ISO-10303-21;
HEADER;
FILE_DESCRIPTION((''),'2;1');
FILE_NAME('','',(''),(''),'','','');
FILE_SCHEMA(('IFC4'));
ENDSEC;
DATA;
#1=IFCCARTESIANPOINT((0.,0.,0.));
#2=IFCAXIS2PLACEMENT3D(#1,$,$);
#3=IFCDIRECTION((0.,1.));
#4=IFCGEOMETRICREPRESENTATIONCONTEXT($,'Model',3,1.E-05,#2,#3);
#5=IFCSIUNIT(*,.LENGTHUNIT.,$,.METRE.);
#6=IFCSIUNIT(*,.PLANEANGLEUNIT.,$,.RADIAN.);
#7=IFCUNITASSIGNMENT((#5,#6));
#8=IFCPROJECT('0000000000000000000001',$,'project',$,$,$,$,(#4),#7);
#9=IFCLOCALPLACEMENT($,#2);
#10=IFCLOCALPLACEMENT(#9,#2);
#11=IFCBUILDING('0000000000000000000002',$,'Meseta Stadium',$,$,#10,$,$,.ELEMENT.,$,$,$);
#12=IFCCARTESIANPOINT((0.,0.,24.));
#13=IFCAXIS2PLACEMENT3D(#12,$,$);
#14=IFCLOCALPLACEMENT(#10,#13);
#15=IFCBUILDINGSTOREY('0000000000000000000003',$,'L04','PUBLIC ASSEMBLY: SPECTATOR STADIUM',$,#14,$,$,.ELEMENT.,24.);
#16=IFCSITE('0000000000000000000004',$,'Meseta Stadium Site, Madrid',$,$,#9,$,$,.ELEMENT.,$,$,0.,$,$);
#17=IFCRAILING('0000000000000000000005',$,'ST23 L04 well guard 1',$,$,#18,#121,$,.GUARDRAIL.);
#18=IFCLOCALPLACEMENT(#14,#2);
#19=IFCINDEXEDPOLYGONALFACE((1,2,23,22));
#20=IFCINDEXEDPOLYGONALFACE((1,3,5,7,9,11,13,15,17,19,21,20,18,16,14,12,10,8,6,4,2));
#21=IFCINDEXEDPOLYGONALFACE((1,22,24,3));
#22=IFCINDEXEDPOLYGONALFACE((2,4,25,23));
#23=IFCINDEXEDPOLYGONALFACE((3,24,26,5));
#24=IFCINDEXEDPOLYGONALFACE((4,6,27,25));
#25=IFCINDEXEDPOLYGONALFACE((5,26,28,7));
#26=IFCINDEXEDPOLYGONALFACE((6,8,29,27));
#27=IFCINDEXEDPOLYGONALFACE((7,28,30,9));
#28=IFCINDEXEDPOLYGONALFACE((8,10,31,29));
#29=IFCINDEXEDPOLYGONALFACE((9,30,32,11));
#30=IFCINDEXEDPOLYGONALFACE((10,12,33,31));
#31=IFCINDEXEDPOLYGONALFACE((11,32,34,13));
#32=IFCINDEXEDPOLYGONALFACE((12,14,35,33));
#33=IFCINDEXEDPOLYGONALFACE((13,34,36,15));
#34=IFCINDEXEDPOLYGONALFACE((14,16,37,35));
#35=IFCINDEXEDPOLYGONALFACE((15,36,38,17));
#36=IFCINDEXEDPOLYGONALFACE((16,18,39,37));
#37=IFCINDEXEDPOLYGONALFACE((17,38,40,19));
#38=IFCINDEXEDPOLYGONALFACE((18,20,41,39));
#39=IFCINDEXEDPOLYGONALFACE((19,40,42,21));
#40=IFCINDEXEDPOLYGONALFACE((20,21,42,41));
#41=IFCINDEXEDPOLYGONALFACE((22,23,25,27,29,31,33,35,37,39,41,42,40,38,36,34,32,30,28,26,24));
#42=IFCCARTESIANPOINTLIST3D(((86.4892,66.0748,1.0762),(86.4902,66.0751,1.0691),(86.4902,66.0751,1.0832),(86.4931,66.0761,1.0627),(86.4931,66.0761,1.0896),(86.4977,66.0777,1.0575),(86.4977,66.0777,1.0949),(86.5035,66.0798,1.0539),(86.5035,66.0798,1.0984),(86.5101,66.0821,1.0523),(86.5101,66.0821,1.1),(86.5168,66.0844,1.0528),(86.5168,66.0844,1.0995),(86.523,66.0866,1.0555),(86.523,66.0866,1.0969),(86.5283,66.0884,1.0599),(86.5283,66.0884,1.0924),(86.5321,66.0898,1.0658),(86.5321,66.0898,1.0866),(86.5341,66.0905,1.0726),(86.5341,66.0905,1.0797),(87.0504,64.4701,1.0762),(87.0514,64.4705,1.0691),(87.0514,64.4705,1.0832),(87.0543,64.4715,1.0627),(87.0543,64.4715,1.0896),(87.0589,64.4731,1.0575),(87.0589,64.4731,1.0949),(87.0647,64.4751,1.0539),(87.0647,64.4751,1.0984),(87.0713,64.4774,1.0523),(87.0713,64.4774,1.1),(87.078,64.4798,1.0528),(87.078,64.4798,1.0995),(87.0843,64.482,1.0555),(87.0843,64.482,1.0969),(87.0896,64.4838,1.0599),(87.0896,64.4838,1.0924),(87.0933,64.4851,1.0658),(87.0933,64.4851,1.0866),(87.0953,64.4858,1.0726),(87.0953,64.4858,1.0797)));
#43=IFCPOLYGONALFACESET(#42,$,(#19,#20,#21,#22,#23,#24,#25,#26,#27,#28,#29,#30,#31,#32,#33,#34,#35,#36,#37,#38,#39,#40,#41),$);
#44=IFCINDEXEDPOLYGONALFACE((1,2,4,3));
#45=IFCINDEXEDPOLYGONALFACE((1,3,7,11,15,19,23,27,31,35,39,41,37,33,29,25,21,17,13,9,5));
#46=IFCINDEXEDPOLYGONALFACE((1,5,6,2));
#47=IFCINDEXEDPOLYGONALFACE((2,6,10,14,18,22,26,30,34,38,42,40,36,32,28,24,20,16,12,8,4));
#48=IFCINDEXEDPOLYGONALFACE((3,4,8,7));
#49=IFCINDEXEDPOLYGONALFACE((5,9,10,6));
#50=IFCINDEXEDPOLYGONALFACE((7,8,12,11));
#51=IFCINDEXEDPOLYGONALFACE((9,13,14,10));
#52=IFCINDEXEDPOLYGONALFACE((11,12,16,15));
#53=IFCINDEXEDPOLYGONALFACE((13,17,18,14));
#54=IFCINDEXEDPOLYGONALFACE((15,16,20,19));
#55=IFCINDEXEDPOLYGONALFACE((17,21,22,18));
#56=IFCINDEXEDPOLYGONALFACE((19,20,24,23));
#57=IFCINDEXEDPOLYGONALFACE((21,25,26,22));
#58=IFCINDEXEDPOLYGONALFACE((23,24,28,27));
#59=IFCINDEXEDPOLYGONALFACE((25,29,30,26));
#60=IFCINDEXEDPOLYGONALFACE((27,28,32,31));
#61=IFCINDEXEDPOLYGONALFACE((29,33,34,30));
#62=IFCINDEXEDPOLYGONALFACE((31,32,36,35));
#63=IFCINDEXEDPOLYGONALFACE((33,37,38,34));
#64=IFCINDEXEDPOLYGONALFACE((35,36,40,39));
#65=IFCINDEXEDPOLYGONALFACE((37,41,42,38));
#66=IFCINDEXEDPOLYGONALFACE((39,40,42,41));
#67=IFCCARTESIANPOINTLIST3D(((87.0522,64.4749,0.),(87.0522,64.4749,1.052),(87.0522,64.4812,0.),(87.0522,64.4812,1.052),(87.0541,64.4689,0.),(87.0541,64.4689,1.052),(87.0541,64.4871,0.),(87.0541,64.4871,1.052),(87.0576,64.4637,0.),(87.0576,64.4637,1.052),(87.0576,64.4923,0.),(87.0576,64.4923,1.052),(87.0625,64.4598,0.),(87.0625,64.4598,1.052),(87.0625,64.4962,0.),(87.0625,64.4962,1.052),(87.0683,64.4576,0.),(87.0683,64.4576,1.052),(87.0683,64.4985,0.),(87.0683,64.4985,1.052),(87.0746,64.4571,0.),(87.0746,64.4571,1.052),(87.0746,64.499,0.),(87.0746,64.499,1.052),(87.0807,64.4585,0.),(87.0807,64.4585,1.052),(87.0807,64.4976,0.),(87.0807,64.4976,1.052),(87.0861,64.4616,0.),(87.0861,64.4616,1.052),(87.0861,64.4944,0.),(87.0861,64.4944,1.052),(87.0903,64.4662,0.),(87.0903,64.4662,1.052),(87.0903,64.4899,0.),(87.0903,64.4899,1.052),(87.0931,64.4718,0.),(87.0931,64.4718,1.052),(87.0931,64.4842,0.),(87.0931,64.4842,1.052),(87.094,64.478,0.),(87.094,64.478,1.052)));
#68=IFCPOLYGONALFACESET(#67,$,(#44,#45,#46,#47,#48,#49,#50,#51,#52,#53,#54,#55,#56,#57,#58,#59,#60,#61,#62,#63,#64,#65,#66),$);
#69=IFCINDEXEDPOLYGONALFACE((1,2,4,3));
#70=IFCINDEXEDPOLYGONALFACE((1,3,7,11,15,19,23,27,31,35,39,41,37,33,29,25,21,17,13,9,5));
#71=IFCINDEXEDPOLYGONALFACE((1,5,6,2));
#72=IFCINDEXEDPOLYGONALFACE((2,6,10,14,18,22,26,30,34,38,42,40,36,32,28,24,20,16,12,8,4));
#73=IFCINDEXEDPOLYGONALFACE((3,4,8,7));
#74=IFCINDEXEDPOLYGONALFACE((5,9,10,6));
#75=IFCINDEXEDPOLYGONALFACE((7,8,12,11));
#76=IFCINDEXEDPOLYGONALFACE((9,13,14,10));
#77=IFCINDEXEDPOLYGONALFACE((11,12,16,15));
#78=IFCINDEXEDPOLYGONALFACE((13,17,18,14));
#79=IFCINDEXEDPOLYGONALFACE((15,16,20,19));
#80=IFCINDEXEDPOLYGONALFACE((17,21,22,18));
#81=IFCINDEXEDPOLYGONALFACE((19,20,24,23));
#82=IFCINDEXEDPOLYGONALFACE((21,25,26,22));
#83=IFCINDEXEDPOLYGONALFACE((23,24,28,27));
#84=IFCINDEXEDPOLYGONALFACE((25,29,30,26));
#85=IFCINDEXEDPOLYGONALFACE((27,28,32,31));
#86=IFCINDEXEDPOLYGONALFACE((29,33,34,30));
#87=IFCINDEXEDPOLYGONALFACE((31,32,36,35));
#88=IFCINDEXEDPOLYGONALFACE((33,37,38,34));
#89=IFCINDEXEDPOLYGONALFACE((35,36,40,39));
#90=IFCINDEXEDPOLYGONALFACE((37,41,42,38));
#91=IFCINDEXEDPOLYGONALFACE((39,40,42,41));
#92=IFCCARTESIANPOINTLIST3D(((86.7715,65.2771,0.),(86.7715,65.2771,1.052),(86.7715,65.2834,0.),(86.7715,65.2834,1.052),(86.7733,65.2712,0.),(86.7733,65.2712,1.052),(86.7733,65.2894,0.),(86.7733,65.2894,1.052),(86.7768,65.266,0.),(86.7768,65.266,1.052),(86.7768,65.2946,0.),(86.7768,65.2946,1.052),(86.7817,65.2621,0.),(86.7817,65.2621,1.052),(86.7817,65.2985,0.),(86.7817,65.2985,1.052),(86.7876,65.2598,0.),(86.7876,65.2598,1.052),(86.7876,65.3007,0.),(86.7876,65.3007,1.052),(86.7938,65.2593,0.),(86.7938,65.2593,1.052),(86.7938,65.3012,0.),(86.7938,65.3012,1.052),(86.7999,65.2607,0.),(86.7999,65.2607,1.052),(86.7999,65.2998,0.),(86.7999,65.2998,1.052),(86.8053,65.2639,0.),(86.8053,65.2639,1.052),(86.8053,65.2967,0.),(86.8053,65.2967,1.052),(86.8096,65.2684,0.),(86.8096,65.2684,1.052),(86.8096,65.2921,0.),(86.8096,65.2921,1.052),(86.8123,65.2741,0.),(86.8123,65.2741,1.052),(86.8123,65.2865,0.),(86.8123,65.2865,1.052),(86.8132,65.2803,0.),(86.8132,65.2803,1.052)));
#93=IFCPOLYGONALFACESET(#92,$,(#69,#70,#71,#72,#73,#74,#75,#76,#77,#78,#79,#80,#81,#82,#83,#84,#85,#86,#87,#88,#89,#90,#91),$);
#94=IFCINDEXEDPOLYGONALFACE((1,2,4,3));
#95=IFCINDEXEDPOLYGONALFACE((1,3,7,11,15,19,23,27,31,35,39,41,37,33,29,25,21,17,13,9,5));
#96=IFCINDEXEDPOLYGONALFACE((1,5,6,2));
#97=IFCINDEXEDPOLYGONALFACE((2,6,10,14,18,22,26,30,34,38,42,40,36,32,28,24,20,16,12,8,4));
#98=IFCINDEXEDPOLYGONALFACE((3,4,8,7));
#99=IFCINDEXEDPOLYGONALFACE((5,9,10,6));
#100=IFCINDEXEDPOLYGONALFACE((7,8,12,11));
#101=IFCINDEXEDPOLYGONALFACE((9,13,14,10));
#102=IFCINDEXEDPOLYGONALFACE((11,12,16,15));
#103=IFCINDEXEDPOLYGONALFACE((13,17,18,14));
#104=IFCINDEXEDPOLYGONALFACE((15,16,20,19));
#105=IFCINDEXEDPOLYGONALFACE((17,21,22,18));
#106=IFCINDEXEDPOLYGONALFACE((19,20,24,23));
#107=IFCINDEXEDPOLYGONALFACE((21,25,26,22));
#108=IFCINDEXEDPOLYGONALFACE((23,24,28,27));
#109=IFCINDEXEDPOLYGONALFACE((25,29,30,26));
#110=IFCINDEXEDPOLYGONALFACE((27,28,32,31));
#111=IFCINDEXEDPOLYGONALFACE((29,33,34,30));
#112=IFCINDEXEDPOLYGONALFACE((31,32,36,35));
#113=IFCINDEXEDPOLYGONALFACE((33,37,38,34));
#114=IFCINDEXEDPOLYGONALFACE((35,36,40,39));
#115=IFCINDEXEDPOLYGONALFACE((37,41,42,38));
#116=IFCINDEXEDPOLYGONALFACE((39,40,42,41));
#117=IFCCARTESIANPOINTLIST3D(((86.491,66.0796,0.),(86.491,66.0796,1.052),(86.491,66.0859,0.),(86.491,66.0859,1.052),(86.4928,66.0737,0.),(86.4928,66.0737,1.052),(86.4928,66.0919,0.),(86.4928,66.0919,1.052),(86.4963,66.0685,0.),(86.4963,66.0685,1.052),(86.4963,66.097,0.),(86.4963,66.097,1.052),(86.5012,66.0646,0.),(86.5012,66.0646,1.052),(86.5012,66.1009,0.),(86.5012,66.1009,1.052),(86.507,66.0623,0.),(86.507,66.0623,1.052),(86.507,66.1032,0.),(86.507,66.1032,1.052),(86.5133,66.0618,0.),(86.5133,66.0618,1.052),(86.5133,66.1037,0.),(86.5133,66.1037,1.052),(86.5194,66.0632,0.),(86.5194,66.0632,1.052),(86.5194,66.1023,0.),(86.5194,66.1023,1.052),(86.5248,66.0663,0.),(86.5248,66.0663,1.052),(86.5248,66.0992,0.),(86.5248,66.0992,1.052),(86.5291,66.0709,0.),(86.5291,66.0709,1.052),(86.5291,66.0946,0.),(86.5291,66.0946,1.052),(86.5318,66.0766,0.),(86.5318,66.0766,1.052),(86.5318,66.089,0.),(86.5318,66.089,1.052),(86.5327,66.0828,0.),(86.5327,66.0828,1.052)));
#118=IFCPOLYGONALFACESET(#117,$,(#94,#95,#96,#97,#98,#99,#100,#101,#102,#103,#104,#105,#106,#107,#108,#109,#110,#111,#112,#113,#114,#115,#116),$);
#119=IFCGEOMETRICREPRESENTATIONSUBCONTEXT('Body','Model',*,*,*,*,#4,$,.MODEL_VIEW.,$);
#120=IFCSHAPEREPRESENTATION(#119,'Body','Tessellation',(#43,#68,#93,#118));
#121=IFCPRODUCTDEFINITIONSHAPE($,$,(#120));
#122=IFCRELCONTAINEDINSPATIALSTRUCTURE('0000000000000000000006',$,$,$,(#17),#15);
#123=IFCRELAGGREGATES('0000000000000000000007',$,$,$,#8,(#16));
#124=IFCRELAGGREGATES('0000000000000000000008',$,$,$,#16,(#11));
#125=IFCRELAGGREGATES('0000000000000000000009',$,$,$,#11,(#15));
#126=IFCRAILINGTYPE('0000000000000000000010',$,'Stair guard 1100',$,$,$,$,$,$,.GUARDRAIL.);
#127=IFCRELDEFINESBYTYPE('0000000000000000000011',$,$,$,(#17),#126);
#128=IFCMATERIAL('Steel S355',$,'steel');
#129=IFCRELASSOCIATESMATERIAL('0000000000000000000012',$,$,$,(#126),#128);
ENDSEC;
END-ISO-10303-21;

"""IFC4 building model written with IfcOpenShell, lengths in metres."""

from ifc_helpers import new_model, si_unit, direction, frame, origin, origin_2d, place, context, subcontext, project, spatial, circle, extrude, material, type_object, element, save


model = new_model("IFC4")

# Units and contexts
model_context = context("Model", 3, precision=1e-05, world=origin(), true_north=direction((0.0, 1.0)))
body_context = subcontext(model_context, "Body", "Model", "MODEL_VIEW")
ifc_project = project(units=[si_unit("LENGTHUNIT", "METRE"), si_unit("PLANEANGLEUNIT", "RADIAN")], contexts=[model_context])

# Site, building, storey
site_placement = place(None, origin())
site = spatial("IfcSite", under=ifc_project, at=site_placement, Name="Meseta Stadium Site, Madrid", CompositionType="ELEMENT", RefElevation=0.0)
building_placement = place(site_placement, origin())
building = spatial("IfcBuilding", under=site, at=building_placement, Name="Meseta Stadium", CompositionType="ELEMENT")
storey_placement = place(building_placement, frame((0.0, 0.0, 24.0)))
storey = spatial("IfcBuildingStorey", under=building, at=storey_placement, Name="L04", Description="PUBLIC ASSEMBLY: SPECTATOR STADIUM", CompositionType="ELEMENT", Elevation=24.0)

# Railing
ifc_material_1 = material(Name="Steel S355", Category="steel")
railing_type = type_object("IfcRailingType", Name="Stair guard 1100", PredefinedType="GUARDRAIL", material=ifc_material_1)
railing_1_placement = place(storey_placement, frame((87.073, 64.478, 0.0)))
element("IfcRailing", 1, at=railing_1_placement, inside=storey, type_object=railing_type, Name="ST23 L04 well guard 1", PredefinedType="GUARDRAIL", context=body_context, shape_type="SweptSolid", body=[
    extrude(circle(Radius=0.0239, at=origin_2d()), frame((0.0, 0.0, 1.0762), z_axis=(-0.330152, 0.943928, 0.0), x_axis=(-0.943928, -0.330152, 0.0)), (0.0, 0.0, 1.0), 1.7),
    extrude(circle(Radius=0.021, at=origin_2d()), origin(), (0.0, 0.0, 1.0), 1.052),
    extrude(circle(Radius=0.021, at=origin_2d()), frame((-0.2808, 0.8022, 0.0)), (0.0, 0.0, 1.0), 1.052),
    extrude(circle(Radius=0.021, at=origin_2d()), frame((-0.5613, 1.6047, 0.0)), (0.0, 0.0, 1.0), 1.052),
])

save(model, "model.ifc")
